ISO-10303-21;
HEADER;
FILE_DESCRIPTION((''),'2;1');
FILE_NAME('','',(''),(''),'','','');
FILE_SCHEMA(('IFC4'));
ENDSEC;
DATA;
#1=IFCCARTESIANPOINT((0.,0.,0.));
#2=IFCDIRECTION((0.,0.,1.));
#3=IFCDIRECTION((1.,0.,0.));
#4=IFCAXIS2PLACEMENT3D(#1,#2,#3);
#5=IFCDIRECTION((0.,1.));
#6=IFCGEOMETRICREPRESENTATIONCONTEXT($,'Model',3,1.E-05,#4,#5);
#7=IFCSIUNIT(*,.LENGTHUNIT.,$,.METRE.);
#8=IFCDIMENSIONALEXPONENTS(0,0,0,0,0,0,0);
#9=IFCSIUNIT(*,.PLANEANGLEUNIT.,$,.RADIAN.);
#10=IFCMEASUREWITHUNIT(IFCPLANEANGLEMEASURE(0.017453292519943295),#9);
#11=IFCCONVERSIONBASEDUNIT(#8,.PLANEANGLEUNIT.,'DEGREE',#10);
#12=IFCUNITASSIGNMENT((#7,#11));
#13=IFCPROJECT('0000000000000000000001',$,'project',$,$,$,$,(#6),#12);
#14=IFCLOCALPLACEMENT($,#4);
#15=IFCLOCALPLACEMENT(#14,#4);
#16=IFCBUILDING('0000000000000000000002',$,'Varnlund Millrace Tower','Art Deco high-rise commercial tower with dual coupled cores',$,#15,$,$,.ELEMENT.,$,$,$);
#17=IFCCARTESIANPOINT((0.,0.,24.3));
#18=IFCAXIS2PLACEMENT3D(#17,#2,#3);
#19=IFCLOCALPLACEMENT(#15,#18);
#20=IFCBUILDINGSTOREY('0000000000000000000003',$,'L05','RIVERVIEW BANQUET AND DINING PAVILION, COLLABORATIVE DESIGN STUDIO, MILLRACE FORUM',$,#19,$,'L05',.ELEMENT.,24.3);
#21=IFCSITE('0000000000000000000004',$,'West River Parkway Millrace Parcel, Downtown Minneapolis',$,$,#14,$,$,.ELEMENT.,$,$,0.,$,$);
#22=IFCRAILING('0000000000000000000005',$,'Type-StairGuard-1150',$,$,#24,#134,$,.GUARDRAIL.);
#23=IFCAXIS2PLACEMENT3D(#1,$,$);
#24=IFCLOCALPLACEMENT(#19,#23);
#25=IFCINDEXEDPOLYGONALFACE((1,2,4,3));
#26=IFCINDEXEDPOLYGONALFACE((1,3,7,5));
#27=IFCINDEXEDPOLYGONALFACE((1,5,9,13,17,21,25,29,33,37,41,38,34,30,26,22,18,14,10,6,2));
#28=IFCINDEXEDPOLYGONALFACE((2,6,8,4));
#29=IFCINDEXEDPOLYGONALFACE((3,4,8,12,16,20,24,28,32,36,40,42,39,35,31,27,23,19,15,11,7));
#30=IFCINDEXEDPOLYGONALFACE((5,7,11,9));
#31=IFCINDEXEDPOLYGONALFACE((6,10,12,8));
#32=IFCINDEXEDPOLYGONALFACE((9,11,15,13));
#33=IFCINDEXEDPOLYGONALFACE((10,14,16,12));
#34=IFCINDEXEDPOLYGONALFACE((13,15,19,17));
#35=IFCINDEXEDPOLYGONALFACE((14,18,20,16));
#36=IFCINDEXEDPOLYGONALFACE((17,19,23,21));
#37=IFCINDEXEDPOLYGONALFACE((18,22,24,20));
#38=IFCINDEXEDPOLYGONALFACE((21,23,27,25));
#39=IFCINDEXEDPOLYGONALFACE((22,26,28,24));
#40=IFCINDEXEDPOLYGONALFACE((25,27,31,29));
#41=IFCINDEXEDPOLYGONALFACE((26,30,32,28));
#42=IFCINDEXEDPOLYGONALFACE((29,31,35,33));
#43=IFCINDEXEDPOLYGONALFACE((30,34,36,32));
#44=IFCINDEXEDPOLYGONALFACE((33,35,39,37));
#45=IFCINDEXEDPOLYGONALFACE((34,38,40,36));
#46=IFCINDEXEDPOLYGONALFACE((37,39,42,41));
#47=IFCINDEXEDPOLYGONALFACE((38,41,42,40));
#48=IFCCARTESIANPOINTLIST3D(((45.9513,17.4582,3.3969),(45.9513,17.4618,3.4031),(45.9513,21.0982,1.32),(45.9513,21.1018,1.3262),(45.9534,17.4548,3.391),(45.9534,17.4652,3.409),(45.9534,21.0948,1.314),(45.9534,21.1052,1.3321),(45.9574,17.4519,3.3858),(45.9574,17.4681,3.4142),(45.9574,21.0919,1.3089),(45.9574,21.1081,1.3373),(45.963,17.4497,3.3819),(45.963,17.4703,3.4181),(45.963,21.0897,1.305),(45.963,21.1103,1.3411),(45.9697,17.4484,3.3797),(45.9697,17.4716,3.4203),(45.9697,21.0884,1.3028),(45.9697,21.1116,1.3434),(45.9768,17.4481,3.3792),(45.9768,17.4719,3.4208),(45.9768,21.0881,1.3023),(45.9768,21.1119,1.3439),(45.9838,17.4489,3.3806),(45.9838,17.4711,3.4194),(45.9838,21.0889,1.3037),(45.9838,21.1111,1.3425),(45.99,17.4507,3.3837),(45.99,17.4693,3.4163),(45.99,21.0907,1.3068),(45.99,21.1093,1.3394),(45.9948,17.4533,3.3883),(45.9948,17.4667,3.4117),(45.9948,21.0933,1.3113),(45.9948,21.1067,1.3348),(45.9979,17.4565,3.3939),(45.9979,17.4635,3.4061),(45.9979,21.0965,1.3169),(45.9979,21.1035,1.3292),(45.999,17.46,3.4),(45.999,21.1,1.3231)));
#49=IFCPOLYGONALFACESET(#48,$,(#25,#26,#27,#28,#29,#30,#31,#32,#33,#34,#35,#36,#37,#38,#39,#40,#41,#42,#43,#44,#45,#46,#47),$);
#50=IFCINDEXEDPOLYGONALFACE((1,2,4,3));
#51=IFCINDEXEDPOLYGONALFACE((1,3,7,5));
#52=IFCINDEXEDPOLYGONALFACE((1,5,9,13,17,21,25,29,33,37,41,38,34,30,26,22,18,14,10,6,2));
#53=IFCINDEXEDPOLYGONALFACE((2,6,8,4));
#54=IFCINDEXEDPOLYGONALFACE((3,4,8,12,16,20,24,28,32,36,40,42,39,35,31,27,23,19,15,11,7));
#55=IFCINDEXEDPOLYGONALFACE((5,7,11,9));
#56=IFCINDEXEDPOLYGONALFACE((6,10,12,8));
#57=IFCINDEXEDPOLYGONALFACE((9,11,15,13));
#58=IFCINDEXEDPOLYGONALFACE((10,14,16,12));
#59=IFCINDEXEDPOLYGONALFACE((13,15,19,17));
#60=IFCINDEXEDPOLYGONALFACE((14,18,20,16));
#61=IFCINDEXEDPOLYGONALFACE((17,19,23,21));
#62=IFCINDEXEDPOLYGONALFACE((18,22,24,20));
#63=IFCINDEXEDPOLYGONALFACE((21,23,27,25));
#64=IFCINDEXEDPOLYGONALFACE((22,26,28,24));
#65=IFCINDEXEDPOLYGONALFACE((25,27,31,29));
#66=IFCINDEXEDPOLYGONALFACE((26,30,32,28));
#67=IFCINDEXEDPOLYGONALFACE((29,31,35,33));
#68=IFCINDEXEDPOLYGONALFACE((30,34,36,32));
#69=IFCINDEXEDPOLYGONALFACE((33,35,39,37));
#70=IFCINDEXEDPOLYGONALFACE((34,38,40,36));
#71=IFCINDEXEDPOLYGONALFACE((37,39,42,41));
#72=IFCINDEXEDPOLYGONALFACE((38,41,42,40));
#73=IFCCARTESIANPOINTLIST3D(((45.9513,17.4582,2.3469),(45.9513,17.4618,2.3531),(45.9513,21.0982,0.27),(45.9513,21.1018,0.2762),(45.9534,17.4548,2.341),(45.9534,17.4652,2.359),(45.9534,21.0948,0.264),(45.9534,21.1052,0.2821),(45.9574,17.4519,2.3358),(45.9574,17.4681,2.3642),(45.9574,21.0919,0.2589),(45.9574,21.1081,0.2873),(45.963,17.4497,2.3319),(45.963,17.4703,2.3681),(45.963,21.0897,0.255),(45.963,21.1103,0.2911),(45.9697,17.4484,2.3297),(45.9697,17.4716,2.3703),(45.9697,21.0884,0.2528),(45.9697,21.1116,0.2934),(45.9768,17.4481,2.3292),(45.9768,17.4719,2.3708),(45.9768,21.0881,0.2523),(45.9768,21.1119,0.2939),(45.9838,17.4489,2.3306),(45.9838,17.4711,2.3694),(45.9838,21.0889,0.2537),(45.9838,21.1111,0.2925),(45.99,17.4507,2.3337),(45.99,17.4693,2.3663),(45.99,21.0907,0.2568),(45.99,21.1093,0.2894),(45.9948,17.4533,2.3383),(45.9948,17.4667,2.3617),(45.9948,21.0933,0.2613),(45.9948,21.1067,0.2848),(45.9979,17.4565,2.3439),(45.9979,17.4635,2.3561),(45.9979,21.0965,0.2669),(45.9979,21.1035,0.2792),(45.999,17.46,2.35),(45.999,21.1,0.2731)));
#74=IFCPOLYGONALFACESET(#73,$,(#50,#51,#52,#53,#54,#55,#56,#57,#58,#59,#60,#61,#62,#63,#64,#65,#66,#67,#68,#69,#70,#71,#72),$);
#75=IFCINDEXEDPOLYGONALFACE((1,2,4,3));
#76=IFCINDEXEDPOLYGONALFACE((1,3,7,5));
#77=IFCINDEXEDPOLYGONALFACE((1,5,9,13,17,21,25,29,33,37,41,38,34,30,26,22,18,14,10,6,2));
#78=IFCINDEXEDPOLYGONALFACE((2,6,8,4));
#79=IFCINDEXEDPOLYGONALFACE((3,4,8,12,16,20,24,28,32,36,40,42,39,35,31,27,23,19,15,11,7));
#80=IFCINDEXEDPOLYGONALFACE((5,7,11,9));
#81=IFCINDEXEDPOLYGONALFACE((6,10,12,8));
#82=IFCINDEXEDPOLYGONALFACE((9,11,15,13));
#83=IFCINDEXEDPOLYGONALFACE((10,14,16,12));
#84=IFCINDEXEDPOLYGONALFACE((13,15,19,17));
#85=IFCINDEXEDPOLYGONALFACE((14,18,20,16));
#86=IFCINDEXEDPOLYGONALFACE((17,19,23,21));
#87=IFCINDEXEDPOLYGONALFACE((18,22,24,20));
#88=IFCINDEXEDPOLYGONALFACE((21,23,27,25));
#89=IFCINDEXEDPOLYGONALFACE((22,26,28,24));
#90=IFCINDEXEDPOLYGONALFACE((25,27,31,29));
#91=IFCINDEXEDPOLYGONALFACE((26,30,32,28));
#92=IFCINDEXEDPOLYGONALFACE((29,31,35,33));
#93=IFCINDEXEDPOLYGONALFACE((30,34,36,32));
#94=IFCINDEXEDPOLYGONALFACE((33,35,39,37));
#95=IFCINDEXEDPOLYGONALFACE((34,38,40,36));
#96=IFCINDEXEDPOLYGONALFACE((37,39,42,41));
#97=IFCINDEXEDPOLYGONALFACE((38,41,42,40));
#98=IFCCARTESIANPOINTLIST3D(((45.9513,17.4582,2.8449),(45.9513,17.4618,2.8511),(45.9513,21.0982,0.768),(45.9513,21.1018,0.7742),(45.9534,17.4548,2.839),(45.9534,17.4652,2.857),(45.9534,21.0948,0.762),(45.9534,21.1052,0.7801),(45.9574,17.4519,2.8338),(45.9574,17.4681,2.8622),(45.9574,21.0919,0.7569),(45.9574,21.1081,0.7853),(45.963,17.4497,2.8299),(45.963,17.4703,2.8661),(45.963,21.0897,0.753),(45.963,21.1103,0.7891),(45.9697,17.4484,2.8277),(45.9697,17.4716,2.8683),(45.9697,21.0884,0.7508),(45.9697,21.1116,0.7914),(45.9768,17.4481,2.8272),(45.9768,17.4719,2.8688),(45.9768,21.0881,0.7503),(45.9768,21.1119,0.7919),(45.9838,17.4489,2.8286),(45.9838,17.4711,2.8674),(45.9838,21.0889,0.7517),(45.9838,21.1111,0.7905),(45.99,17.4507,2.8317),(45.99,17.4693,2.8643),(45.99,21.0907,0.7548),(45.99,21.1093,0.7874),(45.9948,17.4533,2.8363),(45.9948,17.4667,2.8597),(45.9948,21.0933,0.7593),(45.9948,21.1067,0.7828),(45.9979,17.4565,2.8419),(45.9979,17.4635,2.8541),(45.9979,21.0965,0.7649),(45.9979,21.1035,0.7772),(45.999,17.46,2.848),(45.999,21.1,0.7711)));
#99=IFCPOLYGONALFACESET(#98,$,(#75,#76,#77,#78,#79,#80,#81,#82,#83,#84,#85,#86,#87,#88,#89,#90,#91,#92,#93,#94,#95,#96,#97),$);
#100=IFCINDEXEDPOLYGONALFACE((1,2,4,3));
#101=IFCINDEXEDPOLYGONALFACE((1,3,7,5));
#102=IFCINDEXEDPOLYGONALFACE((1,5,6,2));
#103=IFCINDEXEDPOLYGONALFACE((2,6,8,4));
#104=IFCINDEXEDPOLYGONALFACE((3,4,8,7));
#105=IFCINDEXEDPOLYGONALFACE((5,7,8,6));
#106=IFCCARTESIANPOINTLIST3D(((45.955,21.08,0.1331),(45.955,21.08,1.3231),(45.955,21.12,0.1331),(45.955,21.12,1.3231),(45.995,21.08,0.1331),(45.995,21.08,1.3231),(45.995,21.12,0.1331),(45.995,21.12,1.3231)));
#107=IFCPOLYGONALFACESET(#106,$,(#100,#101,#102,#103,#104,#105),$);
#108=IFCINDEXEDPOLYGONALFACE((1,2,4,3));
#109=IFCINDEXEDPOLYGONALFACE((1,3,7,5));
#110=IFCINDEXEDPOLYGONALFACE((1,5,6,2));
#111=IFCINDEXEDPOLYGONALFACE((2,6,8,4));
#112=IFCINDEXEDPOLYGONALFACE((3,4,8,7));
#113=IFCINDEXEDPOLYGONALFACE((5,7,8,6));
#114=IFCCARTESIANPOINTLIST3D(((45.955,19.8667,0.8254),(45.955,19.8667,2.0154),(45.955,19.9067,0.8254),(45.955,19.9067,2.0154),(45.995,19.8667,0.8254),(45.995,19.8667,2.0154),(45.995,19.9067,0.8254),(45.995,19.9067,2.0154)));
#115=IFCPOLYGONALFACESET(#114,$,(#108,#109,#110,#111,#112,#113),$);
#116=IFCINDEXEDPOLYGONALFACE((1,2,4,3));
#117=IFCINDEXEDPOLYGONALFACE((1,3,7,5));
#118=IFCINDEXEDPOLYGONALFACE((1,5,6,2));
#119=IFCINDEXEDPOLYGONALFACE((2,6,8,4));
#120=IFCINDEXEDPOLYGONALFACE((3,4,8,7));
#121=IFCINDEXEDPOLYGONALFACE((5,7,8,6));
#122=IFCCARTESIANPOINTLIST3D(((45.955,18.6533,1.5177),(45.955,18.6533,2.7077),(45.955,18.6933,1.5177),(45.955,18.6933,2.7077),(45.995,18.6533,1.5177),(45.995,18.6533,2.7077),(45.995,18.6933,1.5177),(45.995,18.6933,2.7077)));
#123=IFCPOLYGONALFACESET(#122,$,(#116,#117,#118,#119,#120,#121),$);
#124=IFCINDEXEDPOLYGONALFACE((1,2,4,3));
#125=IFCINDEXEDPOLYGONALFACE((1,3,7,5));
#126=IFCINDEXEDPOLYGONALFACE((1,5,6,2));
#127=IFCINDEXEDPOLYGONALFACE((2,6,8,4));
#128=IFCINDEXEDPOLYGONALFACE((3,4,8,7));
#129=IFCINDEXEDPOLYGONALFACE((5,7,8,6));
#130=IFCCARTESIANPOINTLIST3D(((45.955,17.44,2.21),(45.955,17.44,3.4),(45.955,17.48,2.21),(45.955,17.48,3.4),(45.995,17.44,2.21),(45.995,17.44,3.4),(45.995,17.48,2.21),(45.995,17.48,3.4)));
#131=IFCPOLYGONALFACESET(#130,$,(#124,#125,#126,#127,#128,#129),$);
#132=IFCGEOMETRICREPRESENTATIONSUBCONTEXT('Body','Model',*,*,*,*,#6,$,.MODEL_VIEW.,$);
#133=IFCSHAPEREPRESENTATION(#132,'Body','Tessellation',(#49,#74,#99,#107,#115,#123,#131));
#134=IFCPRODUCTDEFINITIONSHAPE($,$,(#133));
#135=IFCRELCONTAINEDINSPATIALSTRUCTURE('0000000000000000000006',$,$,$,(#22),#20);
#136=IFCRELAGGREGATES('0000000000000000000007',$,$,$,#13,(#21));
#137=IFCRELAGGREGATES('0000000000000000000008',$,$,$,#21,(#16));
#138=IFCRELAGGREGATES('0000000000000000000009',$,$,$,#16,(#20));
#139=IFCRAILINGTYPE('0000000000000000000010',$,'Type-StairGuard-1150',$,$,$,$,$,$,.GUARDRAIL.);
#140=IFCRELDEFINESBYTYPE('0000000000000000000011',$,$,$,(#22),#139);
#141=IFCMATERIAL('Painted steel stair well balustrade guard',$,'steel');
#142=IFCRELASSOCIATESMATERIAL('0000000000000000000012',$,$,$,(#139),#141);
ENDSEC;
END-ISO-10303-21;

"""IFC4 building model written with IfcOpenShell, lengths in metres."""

from ifc_helpers import new_model, entity, si_unit, converted_unit, direction, frame, origin_with_axes, origin_2d_with_axis, place, context, subcontext, project, spatial, rectangle, circle, extrude, material, type_object, element, save


model = new_model("IFC4")

# Units and contexts
model_context = context("Model", 3, precision=1e-05, world=origin_with_axes(), true_north=direction((0.0, 1.0)))
body_context = subcontext(model_context, "Body", "Model", "MODEL_VIEW")
ifc_project = project(units=[si_unit("LENGTHUNIT", "METRE"), converted_unit("PLANEANGLEUNIT", "DEGREE", entity("IfcPlaneAngleMeasure", 0.017453292519943295), si_unit("PLANEANGLEUNIT", "RADIAN"), dimensions=[0, 0, 0, 0, 0, 0, 0])], contexts=[model_context])

# Site, building, storey
site_placement = place(None, origin_with_axes())
site = spatial("IfcSite", under=ifc_project, at=site_placement, Name="West River Parkway Millrace Parcel, Downtown Minneapolis", CompositionType="ELEMENT", RefElevation=0.0)
building_placement = place(site_placement, origin_with_axes())
building = spatial("IfcBuilding", under=site, at=building_placement, Name="Varnlund Millrace Tower", Description="Art Deco high-rise commercial tower with dual coupled cores", CompositionType="ELEMENT")
storey_placement = place(building_placement, frame((0.0, 0.0, 24.3), z_axis=(0.0, 0.0, 1.0), x_axis=(1.0, 0.0, 0.0)))
storey = spatial("IfcBuildingStorey", under=building, at=storey_placement, Name="L05", Description="RIVERVIEW BANQUET AND DINING PAVILION, COLLABORATIVE DESIGN STUDIO, MILLRACE FORUM", LongName="L05", CompositionType="ELEMENT", Elevation=24.3)

# Railing
ifc_material_1 = material(Name="Painted steel stair well balustrade guard", Category="steel")
railing_type_1 = type_object("IfcRailingType", Name="Type-StairGuard-1150", PredefinedType="GUARDRAIL", material=ifc_material_1)
railing_1_placement = place(storey_placement, frame((0.0, 0.0, -24.3), z_axis=(0.0, 0.0, 1.0), x_axis=(1.0, 0.0, 0.0)))
element("IfcRailing", 1, at=railing_1_placement, inside=storey, type_object=railing_type_1, Name="Type-StairGuard-1150", PredefinedType="GUARDRAIL", context=body_context, shape_type="SweptSolid", body=[
    extrude(circle(Radius=0.024, at=origin_2d_with_axis()), frame((45.975, 21.1, 25.6231), z_axis=(0.0, -0.868559, 0.495585), x_axis=(1.0, 0.0, 0.0)), (0.0, 0.0, 1.0), 4.1908),
    extrude(circle(Radius=0.024, at=origin_2d_with_axis()), frame((45.975, 21.1, 24.5731), z_axis=(0.0, -0.868559, 0.495585), x_axis=(1.0, 0.0, 0.0)), (0.0, 0.0, 1.0), 4.1908),
    extrude(circle(Radius=0.024, at=origin_2d_with_axis()), frame((45.975, 21.1, 25.0711), z_axis=(0.0, -0.868559, 0.495585), x_axis=(1.0, 0.0, 0.0)), (0.0, 0.0, 1.0), 4.1908),
    extrude(rectangle(XDim=0.04, YDim=0.04, at=origin_2d_with_axis()), frame((45.975, 21.1, 24.4331), z_axis=(0.0, 0.0, 1.0), x_axis=(1.0, 0.0, 0.0)), (0.0, 0.0, 1.0), 1.19),
    extrude(rectangle(XDim=0.04, YDim=0.04, at=origin_2d_with_axis()), frame((45.975, 19.8867, 25.1254), z_axis=(0.0, 0.0, 1.0), x_axis=(1.0, 0.0, 0.0)), (0.0, 0.0, 1.0), 1.19),
    extrude(rectangle(XDim=0.04, YDim=0.04, at=origin_2d_with_axis()), frame((45.975, 18.6733, 25.8177), z_axis=(0.0, 0.0, 1.0), x_axis=(1.0, 0.0, 0.0)), (0.0, 0.0, 1.0), 1.19),
    extrude(rectangle(XDim=0.04, YDim=0.04, at=origin_2d_with_axis()), frame((45.975, 17.46, 26.51), z_axis=(0.0, 0.0, 1.0), x_axis=(1.0, 0.0, 0.0)), (0.0, 0.0, 1.0), 1.19),
])

save(model, "model.ifc")
